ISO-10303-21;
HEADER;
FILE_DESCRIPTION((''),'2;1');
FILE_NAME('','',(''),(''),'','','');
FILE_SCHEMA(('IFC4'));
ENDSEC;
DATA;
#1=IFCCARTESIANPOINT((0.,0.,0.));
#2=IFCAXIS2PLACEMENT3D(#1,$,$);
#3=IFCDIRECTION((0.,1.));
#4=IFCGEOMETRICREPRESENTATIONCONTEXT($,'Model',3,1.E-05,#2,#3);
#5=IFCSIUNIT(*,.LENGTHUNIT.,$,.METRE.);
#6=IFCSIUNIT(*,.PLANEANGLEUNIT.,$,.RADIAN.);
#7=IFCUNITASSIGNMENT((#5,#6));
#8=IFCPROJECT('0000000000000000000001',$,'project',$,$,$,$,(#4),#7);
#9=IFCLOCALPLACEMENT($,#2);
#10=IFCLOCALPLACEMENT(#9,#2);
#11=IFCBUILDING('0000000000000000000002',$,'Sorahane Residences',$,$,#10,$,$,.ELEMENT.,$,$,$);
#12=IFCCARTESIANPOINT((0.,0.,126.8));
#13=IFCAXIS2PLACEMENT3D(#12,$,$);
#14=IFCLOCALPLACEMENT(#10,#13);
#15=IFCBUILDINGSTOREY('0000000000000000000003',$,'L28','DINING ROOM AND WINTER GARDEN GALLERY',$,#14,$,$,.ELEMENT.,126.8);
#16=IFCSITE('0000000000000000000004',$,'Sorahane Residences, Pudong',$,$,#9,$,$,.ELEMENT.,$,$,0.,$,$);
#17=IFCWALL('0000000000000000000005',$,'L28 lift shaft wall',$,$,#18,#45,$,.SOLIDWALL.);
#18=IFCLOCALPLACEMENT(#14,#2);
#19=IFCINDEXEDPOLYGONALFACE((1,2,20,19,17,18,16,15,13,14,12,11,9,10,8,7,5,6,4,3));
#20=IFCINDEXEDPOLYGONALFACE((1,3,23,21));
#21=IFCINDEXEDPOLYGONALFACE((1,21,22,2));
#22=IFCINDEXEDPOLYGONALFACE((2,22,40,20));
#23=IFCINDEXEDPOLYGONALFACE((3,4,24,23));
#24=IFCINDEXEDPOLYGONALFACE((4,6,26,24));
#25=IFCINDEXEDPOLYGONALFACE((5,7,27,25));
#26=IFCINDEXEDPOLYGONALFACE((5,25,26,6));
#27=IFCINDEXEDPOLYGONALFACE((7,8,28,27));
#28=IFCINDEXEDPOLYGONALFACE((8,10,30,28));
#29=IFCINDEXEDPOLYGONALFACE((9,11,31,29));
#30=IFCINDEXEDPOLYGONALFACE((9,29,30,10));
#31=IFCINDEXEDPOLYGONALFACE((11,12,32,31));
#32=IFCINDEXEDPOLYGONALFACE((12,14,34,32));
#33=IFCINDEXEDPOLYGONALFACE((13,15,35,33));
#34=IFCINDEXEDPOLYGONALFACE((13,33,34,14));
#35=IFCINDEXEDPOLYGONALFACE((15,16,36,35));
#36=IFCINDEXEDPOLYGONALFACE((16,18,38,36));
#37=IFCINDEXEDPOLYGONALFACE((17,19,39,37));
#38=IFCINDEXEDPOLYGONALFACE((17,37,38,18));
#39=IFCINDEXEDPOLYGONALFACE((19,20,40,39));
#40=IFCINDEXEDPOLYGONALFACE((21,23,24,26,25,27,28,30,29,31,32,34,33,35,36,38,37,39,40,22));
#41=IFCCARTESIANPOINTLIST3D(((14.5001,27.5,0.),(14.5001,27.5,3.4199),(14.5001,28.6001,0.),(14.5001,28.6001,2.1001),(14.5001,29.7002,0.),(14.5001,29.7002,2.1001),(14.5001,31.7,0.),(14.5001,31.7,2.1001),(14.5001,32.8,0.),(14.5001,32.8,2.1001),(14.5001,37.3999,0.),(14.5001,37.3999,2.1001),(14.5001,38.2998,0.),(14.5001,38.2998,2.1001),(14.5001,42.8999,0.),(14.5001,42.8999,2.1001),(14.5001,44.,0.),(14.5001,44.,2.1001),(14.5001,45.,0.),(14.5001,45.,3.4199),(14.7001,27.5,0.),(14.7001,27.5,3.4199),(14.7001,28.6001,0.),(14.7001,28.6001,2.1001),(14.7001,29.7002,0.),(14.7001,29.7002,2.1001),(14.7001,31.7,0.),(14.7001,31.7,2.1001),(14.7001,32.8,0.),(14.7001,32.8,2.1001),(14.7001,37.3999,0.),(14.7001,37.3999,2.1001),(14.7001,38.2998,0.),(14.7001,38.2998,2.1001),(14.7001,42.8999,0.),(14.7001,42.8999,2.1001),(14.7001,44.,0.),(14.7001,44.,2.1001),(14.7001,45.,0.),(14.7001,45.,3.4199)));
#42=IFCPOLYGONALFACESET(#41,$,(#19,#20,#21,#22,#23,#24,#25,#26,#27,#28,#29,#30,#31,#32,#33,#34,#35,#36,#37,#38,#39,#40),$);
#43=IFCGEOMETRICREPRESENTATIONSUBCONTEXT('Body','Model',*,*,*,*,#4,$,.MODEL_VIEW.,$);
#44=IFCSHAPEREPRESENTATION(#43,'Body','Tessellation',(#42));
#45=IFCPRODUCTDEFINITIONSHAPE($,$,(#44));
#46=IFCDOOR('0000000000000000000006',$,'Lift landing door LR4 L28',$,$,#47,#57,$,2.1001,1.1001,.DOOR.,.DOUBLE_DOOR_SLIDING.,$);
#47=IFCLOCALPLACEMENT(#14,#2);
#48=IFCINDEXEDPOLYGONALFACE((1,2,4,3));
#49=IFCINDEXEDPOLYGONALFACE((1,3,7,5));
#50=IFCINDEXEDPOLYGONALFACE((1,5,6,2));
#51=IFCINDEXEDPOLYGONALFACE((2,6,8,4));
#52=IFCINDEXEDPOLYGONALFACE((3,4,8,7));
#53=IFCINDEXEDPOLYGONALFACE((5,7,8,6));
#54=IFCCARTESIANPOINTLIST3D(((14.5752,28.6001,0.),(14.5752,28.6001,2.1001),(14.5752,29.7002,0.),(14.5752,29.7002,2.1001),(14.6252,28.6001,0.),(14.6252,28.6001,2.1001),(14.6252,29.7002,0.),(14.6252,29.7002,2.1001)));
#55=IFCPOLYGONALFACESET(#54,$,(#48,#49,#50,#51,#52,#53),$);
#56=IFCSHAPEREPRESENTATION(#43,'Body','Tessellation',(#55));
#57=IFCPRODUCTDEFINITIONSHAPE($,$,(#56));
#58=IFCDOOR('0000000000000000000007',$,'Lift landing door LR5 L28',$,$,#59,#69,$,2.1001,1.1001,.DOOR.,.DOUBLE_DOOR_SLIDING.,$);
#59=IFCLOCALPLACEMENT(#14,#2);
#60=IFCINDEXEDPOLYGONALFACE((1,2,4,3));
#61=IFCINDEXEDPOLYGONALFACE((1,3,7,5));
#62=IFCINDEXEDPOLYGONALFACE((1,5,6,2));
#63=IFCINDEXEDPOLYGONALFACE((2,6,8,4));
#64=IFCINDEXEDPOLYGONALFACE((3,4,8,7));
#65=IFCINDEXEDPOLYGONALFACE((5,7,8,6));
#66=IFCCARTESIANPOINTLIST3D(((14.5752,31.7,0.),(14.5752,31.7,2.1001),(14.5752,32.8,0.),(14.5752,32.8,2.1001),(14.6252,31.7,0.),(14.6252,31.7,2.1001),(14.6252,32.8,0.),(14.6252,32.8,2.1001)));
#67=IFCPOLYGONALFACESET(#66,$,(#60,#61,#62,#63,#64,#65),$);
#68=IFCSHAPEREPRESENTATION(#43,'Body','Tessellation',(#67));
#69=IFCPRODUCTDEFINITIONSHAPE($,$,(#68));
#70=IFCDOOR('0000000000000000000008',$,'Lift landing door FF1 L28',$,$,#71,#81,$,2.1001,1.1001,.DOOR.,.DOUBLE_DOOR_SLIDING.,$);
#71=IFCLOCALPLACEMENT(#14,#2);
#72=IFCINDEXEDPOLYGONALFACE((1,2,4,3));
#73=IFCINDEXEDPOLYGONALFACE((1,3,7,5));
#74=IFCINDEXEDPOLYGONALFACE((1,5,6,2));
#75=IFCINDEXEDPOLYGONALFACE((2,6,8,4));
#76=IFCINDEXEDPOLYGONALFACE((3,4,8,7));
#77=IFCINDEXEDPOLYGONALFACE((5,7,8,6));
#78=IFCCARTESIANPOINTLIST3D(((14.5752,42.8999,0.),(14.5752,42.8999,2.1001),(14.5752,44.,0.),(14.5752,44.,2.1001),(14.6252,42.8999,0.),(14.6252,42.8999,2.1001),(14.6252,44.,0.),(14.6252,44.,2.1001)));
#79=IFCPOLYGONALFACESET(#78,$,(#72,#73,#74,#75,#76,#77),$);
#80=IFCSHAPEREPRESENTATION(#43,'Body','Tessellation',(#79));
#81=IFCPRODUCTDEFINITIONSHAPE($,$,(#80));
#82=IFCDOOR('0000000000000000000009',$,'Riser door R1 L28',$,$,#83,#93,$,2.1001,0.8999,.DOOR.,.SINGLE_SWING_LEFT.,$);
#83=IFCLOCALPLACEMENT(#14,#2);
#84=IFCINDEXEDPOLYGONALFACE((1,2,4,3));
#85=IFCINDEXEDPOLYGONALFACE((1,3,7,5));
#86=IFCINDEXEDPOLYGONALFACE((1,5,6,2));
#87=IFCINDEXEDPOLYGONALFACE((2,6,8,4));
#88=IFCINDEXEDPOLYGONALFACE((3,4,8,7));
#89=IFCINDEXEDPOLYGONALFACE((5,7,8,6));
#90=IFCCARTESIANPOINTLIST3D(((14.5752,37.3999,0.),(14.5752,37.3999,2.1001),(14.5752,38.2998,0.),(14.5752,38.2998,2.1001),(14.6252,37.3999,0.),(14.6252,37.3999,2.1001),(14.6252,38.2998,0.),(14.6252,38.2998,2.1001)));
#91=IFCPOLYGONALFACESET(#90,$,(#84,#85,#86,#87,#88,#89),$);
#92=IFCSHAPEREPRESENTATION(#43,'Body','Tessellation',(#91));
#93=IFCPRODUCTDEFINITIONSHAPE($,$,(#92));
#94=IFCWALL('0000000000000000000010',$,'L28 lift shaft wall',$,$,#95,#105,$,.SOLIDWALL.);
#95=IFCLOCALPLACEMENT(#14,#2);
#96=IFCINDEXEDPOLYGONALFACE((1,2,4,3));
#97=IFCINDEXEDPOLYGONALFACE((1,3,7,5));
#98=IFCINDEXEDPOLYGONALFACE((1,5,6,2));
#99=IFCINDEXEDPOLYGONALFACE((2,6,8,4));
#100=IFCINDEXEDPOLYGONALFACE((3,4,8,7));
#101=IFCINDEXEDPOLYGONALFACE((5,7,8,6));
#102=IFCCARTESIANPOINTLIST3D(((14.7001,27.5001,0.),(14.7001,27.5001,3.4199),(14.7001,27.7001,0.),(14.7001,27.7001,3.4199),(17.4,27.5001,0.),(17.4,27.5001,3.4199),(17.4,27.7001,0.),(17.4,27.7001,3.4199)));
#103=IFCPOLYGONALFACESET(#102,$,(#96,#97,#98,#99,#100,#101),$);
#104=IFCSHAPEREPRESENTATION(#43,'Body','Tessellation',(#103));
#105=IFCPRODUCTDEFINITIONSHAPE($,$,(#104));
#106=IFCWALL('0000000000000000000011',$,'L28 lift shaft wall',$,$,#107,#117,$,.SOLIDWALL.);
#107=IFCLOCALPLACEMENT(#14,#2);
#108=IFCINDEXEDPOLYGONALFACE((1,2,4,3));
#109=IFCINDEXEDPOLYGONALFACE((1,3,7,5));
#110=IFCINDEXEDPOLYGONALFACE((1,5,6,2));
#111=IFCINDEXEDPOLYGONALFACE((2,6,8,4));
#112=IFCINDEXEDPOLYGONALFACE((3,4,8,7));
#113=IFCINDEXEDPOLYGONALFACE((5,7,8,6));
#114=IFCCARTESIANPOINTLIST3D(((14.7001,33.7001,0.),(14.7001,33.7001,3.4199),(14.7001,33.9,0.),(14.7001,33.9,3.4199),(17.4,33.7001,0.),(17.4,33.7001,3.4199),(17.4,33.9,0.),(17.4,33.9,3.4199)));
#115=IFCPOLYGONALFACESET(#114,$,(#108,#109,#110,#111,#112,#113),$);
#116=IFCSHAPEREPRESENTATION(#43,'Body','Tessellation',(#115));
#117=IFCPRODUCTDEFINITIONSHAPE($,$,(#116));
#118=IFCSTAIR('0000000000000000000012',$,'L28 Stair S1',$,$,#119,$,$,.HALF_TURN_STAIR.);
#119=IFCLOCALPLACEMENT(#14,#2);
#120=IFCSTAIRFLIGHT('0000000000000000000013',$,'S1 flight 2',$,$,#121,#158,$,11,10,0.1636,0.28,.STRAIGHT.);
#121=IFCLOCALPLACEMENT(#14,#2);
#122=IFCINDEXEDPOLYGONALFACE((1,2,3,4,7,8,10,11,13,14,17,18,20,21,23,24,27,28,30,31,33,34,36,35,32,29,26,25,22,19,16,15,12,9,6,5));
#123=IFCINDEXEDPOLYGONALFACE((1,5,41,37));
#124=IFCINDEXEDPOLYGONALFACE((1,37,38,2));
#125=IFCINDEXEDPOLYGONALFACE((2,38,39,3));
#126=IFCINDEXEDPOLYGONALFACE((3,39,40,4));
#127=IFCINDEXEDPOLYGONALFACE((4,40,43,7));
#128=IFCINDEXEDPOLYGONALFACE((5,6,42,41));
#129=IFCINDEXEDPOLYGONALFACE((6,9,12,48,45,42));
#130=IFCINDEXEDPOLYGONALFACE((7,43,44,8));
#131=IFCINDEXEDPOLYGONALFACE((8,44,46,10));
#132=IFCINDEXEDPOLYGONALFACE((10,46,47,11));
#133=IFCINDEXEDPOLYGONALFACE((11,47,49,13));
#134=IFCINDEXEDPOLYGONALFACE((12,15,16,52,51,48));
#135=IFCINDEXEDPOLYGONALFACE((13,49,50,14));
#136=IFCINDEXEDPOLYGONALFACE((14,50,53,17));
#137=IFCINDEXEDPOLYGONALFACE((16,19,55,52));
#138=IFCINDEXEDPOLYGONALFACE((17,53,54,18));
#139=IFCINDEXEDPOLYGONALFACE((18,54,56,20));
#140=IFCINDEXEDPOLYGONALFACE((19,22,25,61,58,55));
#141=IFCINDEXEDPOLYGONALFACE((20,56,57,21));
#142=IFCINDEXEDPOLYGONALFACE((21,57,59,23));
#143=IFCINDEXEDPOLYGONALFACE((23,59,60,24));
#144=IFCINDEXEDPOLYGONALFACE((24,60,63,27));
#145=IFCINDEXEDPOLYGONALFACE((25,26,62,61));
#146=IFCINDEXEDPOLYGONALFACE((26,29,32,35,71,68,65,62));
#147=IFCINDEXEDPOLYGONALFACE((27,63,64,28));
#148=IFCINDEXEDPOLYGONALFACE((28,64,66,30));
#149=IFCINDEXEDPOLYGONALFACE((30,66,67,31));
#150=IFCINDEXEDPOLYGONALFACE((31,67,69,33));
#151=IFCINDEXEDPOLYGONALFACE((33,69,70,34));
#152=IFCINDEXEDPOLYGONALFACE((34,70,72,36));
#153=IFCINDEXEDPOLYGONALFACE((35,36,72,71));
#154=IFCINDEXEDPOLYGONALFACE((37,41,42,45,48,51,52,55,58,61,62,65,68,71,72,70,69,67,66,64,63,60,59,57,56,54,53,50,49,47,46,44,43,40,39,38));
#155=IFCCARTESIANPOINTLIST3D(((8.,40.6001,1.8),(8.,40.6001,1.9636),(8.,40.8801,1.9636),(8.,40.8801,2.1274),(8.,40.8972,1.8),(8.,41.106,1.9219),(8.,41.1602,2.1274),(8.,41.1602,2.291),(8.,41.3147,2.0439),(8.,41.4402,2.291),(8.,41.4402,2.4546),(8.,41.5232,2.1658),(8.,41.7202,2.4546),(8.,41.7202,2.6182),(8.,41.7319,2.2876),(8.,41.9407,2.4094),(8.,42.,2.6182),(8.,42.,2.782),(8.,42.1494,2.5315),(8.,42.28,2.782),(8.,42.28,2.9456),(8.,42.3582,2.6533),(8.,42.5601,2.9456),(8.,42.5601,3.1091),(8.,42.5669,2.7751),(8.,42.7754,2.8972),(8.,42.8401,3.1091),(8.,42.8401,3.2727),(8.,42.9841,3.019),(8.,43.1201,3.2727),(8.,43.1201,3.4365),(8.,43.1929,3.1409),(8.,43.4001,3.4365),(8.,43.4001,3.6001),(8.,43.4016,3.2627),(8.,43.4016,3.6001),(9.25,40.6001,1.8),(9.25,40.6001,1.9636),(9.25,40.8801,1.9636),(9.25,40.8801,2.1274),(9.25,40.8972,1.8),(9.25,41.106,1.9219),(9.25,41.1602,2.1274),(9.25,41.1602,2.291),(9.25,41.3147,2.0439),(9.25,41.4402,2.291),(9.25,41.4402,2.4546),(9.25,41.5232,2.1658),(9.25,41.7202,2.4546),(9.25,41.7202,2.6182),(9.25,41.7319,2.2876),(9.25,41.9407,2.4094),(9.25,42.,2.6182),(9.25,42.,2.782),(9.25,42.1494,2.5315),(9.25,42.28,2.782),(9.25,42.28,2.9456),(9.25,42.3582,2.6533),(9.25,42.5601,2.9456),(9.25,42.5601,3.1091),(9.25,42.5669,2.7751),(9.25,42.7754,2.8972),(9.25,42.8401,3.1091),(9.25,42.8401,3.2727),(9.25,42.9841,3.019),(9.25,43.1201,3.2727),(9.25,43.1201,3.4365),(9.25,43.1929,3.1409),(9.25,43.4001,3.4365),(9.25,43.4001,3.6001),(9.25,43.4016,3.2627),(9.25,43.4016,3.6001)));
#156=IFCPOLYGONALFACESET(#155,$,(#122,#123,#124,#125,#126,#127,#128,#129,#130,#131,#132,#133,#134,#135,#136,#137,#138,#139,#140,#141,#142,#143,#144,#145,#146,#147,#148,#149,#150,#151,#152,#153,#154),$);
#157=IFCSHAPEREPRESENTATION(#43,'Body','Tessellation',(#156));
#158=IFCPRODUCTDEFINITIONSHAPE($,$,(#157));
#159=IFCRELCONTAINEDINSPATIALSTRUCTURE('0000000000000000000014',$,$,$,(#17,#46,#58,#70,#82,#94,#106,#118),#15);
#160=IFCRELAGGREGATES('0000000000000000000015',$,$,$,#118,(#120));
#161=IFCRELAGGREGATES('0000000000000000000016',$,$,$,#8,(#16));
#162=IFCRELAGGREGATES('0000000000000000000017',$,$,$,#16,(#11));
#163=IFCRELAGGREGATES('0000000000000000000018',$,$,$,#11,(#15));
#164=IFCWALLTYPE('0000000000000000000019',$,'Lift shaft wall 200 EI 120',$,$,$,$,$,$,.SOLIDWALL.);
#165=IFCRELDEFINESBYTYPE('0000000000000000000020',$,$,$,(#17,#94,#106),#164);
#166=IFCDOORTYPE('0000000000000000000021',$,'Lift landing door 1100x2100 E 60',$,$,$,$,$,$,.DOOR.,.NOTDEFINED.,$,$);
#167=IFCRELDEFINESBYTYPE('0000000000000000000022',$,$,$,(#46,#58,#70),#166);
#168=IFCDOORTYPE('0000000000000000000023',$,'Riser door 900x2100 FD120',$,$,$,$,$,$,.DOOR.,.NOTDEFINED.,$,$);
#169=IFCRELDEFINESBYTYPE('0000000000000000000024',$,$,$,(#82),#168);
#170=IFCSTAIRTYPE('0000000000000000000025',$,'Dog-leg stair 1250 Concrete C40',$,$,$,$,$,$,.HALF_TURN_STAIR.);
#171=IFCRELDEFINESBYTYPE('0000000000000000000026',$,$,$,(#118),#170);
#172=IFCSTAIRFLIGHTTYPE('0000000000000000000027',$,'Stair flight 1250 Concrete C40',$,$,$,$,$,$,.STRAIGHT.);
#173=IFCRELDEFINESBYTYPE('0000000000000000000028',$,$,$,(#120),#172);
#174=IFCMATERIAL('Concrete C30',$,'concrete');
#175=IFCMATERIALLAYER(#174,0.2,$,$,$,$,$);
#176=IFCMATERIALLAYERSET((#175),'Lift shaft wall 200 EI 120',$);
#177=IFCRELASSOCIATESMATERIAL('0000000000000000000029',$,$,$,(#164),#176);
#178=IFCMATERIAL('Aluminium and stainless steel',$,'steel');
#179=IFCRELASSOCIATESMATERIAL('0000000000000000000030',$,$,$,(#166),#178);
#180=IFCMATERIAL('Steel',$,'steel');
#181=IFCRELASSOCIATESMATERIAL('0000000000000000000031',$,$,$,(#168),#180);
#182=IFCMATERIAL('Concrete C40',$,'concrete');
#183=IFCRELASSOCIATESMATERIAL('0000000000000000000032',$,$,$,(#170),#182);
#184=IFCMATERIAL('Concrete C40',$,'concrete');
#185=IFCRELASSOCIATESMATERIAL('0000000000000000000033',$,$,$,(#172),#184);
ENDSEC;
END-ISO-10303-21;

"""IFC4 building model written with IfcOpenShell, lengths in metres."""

from ifc_helpers import new_model, si_unit, direction, frame, frame_2d, origin, place, context, subcontext, project, spatial, polyline, rectangle, outline, extrude, material, layer, layer_set, type_object, element, fill, aggregate, save


model = new_model("IFC4")

# Units and contexts
model_context = context("Model", 3, precision=1e-05, world=origin(), true_north=direction((0.0, 1.0)))
body_context = subcontext(model_context, "Body", "Model", "MODEL_VIEW")
ifc_project = project(units=[si_unit("LENGTHUNIT", "METRE"), si_unit("PLANEANGLEUNIT", "RADIAN")], contexts=[model_context])

# Site, building, storey
site_placement = place(None, origin())
site = spatial("IfcSite", under=ifc_project, at=site_placement, Name="Sorahane Residences, Pudong", CompositionType="ELEMENT", RefElevation=0.0)
building_placement = place(site_placement, origin())
building = spatial("IfcBuilding", under=site, at=building_placement, Name="Sorahane Residences", CompositionType="ELEMENT")
storey_placement = place(building_placement, frame((0.0, 0.0, 126.8)))
storey = spatial("IfcBuildingStorey", under=building, at=storey_placement, Name="L28", Description="DINING ROOM AND WINTER GARDEN GALLERY", CompositionType="ELEMENT", Elevation=126.8)

# Wall, openings, doors
ifc_material_1 = material(Name="Concrete C30", Category="concrete")
ifc_layer_1 = layer(ifc_material_1, 0.2)
ifc_layer_set_1 = layer_set([ifc_layer_1], Name="Lift shaft wall 200 EI 120")
wall_type_1 = type_object("IfcWallType", Name="Lift shaft wall 200 EI 120", PredefinedType="SOLIDWALL", material=ifc_layer_set_1)
wall_1_placement = place(storey_placement, frame((14.6001, 27.5, 0.0), z_axis=(0.0, 0.0, 1.0), x_axis=(0.0, 1.0, 0.0)))
wall_1 = element("IfcWall", 1, at=wall_1_placement, inside=storey, type_object=wall_type_1, Name="L28 lift shaft wall", PredefinedType="SOLIDWALL", context=body_context, shape_type="SweptSolid", body=[
    extrude(rectangle(XDim=17.5, YDim=0.2, at=frame_2d((8.75, 0.0))), origin(), (0.0, 0.0, 1.0), 3.4199),
])
opening_1_placement = place(wall_1_placement, frame((1.1001, 0.0, 0.0)))
opening_1 = element("IfcOpeningElement", 2, at=opening_1_placement, cuts=wall_1, PredefinedType="OPENING", context=body_context, shape_type="SweptSolid", body=[
    extrude(rectangle(XDim=1.1001, YDim=2.1001, at=frame_2d((0.55, 1.05))), frame((0.0, 0.1099, 0.0), z_axis=(0.0, -1.0, 0.0), x_axis=(1.0, 0.0, 0.0)), (0.0, 0.0, 1.0), 0.22),
])
opening_2_placement = place(wall_1_placement, frame((4.2, 0.0, 0.0)))
opening_2 = element("IfcOpeningElement", 3, at=opening_2_placement, cuts=wall_1, PredefinedType="OPENING", context=body_context, shape_type="SweptSolid", body=[
    extrude(rectangle(XDim=1.1001, YDim=2.1001, at=frame_2d((0.55, 1.05))), frame((0.0, 0.1099, 0.0), z_axis=(0.0, -1.0, 0.0), x_axis=(1.0, 0.0, 0.0)), (0.0, 0.0, 1.0), 0.22),
])
opening_3_placement = place(wall_1_placement, frame((15.3999, 0.0, 0.0)))
opening_3 = element("IfcOpeningElement", 4, at=opening_3_placement, cuts=wall_1, PredefinedType="OPENING", context=body_context, shape_type="SweptSolid", body=[
    extrude(rectangle(XDim=1.1001, YDim=2.1001, at=frame_2d((0.55, 1.05))), frame((0.0, 0.1099, 0.0), z_axis=(0.0, -1.0, 0.0), x_axis=(1.0, 0.0, 0.0)), (0.0, 0.0, 1.0), 0.22),
])
opening_4_placement = place(wall_1_placement, frame((9.8999, 0.0, 0.0)))
opening_4 = element("IfcOpeningElement", 5, at=opening_4_placement, cuts=wall_1, PredefinedType="OPENING", context=body_context, shape_type="SweptSolid", body=[
    extrude(rectangle(XDim=0.8999, YDim=2.1001, at=frame_2d((0.45, 1.05))), frame((0.0, 0.1099, 0.0), z_axis=(0.0, -1.0, 0.0), x_axis=(1.0, 0.0, 0.0)), (0.0, 0.0, 1.0), 0.22),
])
ifc_material_2 = material(Name="Aluminium and stainless steel", Category="steel")
door_type_1 = type_object("IfcDoorType", Name="Lift landing door 1100x2100 E 60", OperationType="NOTDEFINED", PredefinedType="DOOR", material=ifc_material_2)
door_1_placement = place(opening_1_placement, origin())
door_1 = element("IfcDoor", 6, at=door_1_placement, inside=storey, type_object=door_type_1, Name="Lift landing door LR4 L28", OperationType="DOUBLE_DOOR_SLIDING", OverallHeight=2.1001, OverallWidth=1.1001, PredefinedType="DOOR", context=body_context, shape_type="SweptSolid", body=[
    extrude(rectangle(XDim=1.1001, YDim=2.1001, at=frame_2d((0.55, 1.05))), frame((0.0, 0.0249, 0.0), z_axis=(0.0, -1.0, 0.0), x_axis=(1.0, 0.0, 0.0)), (0.0, 0.0, 1.0), 0.05),
])
fill(opening_1, door_1)
door_2_placement = place(opening_2_placement, origin())
door_2 = element("IfcDoor", 7, at=door_2_placement, inside=storey, type_object=door_type_1, Name="Lift landing door LR5 L28", OperationType="DOUBLE_DOOR_SLIDING", OverallHeight=2.1001, OverallWidth=1.1001, PredefinedType="DOOR", context=body_context, shape_type="SweptSolid", body=[
    extrude(rectangle(XDim=1.1001, YDim=2.1001, at=frame_2d((0.55, 1.05))), frame((0.0, 0.0249, 0.0), z_axis=(0.0, -1.0, 0.0), x_axis=(1.0, 0.0, 0.0)), (0.0, 0.0, 1.0), 0.05),
])
fill(opening_2, door_2)
door_3_placement = place(opening_3_placement, origin())
door_3 = element("IfcDoor", 8, at=door_3_placement, inside=storey, type_object=door_type_1, Name="Lift landing door FF1 L28", OperationType="DOUBLE_DOOR_SLIDING", OverallHeight=2.1001, OverallWidth=1.1001, PredefinedType="DOOR", context=body_context, shape_type="SweptSolid", body=[
    extrude(rectangle(XDim=1.1001, YDim=2.1001, at=frame_2d((0.55, 1.05))), frame((0.0, 0.0249, 0.0), z_axis=(0.0, -1.0, 0.0), x_axis=(1.0, 0.0, 0.0)), (0.0, 0.0, 1.0), 0.05),
])
fill(opening_3, door_3)
ifc_material_3 = material(Name="Steel", Category="steel")
door_type_2 = type_object("IfcDoorType", Name="Riser door 900x2100 FD120", OperationType="NOTDEFINED", PredefinedType="DOOR", material=ifc_material_3)
door_4_placement = place(opening_4_placement, origin())
door_4 = element("IfcDoor", 9, at=door_4_placement, inside=storey, type_object=door_type_2, Name="Riser door R1 L28", OperationType="SINGLE_SWING_LEFT", OverallHeight=2.1001, OverallWidth=0.8999, PredefinedType="DOOR", context=body_context, shape_type="SweptSolid", body=[
    extrude(rectangle(XDim=0.8999, YDim=2.1001, at=frame_2d((0.45, 1.05))), frame((0.0, 0.0249, 0.0), z_axis=(0.0, -1.0, 0.0), x_axis=(1.0, 0.0, 0.0)), (0.0, 0.0, 1.0), 0.05),
])
fill(opening_4, door_4)

# Walls
for number, where, z_axis, x_axis, name in (
    (10, (14.7, 27.6001, 0.0), (0.0, 0.0, 1.0), (1.0, 0.0, 0.0), "L28 lift shaft wall"),
    (11, (14.7, 33.8, 0.0), (0.0, 0.0, 1.0), (1.0, 0.0, 0.0), "L28 lift shaft wall"),
):
    element("IfcWall", number, at=place(storey_placement, frame(where, z_axis=z_axis, x_axis=x_axis)), inside=storey, type_object=wall_type_1, Name=name, PredefinedType="SOLIDWALL", context=body_context, shape_type="SweptSolid", body=[
        extrude(rectangle(XDim=2.7, YDim=0.2, at=frame_2d((1.3501, 0.0))), origin(), (0.0, 0.0, 1.0), 3.4199),
    ])

# Stair, stair flight
ifc_material_4 = material(Name="Concrete C40", Category="concrete")
stair_type = type_object("IfcStairType", Name="Dog-leg stair 1250 Concrete C40", PredefinedType="HALF_TURN_STAIR", material=ifc_material_4)
stair_1_placement = place(storey_placement, origin())
stair_1 = element("IfcStair", 12, at=stair_1_placement, inside=storey, type_object=stair_type, Name="L28 Stair S1", PredefinedType="HALF_TURN_STAIR")
ifc_material_5 = material(Name="Concrete C40", Category="concrete")
stair_flight_type = type_object("IfcStairFlightType", Name="Stair flight 1250 Concrete C40", PredefinedType="STRAIGHT", material=ifc_material_5)
stair_flight_1_placement = place(storey_placement, frame((8.625, 40.6001, 1.8), z_axis=(0.0, 0.0, 1.0), x_axis=(0.0, 1.0, 0.0)))
stair_flight_1 = element("IfcStairFlight", 13, at=stair_flight_1_placement, type_object=stair_flight_type, Name="S1 flight 2", NumberOfRisers=11, NumberOfTreads=10, PredefinedType="STRAIGHT", RiserHeight=0.1636, TreadLength=0.28, context=body_context, shape_type="SweptSolid", body=[
    extrude(outline(polyline([(0.0, 0.0), (0.0, 0.1636), (0.28, 0.1636), (0.28, 0.3274), (0.5601, 0.3274), (0.5601, 0.491), (0.8401, 0.491), (0.8401, 0.6545), (1.1201, 0.6545), (1.1201, 0.8181), (1.3999, 0.8181), (1.3999, 0.9819), (1.6799, 0.9819), (1.6799, 1.1455), (1.96, 1.1455), (1.96, 1.3091), (2.24, 1.3091), (2.24, 1.4727), (2.52, 1.4727), (2.52, 1.6365), (2.8, 1.6365), (2.8, 1.8), (2.8015, 1.8), (2.8015, 1.4626), (2.5928, 1.3408), (2.384, 1.219), (2.1753, 1.0972), (1.9668, 0.9751), (1.7581, 0.8533), (1.5493, 0.7314), (1.3406, 0.6094), (1.1318, 0.4875), (0.9231, 0.3657), (0.7146, 0.2439), (0.5059, 0.1218), (0.2971, 0.0), (0.0, 0.0)])), frame((0.0, 0.625, 0.0), z_axis=(0.0, -1.0, 0.0), x_axis=(1.0, 0.0, 0.0)), (0.0, 0.0, 1.0), 1.25),
])
aggregate(stair_1, [stair_flight_1])

save(model, "model.ifc")
